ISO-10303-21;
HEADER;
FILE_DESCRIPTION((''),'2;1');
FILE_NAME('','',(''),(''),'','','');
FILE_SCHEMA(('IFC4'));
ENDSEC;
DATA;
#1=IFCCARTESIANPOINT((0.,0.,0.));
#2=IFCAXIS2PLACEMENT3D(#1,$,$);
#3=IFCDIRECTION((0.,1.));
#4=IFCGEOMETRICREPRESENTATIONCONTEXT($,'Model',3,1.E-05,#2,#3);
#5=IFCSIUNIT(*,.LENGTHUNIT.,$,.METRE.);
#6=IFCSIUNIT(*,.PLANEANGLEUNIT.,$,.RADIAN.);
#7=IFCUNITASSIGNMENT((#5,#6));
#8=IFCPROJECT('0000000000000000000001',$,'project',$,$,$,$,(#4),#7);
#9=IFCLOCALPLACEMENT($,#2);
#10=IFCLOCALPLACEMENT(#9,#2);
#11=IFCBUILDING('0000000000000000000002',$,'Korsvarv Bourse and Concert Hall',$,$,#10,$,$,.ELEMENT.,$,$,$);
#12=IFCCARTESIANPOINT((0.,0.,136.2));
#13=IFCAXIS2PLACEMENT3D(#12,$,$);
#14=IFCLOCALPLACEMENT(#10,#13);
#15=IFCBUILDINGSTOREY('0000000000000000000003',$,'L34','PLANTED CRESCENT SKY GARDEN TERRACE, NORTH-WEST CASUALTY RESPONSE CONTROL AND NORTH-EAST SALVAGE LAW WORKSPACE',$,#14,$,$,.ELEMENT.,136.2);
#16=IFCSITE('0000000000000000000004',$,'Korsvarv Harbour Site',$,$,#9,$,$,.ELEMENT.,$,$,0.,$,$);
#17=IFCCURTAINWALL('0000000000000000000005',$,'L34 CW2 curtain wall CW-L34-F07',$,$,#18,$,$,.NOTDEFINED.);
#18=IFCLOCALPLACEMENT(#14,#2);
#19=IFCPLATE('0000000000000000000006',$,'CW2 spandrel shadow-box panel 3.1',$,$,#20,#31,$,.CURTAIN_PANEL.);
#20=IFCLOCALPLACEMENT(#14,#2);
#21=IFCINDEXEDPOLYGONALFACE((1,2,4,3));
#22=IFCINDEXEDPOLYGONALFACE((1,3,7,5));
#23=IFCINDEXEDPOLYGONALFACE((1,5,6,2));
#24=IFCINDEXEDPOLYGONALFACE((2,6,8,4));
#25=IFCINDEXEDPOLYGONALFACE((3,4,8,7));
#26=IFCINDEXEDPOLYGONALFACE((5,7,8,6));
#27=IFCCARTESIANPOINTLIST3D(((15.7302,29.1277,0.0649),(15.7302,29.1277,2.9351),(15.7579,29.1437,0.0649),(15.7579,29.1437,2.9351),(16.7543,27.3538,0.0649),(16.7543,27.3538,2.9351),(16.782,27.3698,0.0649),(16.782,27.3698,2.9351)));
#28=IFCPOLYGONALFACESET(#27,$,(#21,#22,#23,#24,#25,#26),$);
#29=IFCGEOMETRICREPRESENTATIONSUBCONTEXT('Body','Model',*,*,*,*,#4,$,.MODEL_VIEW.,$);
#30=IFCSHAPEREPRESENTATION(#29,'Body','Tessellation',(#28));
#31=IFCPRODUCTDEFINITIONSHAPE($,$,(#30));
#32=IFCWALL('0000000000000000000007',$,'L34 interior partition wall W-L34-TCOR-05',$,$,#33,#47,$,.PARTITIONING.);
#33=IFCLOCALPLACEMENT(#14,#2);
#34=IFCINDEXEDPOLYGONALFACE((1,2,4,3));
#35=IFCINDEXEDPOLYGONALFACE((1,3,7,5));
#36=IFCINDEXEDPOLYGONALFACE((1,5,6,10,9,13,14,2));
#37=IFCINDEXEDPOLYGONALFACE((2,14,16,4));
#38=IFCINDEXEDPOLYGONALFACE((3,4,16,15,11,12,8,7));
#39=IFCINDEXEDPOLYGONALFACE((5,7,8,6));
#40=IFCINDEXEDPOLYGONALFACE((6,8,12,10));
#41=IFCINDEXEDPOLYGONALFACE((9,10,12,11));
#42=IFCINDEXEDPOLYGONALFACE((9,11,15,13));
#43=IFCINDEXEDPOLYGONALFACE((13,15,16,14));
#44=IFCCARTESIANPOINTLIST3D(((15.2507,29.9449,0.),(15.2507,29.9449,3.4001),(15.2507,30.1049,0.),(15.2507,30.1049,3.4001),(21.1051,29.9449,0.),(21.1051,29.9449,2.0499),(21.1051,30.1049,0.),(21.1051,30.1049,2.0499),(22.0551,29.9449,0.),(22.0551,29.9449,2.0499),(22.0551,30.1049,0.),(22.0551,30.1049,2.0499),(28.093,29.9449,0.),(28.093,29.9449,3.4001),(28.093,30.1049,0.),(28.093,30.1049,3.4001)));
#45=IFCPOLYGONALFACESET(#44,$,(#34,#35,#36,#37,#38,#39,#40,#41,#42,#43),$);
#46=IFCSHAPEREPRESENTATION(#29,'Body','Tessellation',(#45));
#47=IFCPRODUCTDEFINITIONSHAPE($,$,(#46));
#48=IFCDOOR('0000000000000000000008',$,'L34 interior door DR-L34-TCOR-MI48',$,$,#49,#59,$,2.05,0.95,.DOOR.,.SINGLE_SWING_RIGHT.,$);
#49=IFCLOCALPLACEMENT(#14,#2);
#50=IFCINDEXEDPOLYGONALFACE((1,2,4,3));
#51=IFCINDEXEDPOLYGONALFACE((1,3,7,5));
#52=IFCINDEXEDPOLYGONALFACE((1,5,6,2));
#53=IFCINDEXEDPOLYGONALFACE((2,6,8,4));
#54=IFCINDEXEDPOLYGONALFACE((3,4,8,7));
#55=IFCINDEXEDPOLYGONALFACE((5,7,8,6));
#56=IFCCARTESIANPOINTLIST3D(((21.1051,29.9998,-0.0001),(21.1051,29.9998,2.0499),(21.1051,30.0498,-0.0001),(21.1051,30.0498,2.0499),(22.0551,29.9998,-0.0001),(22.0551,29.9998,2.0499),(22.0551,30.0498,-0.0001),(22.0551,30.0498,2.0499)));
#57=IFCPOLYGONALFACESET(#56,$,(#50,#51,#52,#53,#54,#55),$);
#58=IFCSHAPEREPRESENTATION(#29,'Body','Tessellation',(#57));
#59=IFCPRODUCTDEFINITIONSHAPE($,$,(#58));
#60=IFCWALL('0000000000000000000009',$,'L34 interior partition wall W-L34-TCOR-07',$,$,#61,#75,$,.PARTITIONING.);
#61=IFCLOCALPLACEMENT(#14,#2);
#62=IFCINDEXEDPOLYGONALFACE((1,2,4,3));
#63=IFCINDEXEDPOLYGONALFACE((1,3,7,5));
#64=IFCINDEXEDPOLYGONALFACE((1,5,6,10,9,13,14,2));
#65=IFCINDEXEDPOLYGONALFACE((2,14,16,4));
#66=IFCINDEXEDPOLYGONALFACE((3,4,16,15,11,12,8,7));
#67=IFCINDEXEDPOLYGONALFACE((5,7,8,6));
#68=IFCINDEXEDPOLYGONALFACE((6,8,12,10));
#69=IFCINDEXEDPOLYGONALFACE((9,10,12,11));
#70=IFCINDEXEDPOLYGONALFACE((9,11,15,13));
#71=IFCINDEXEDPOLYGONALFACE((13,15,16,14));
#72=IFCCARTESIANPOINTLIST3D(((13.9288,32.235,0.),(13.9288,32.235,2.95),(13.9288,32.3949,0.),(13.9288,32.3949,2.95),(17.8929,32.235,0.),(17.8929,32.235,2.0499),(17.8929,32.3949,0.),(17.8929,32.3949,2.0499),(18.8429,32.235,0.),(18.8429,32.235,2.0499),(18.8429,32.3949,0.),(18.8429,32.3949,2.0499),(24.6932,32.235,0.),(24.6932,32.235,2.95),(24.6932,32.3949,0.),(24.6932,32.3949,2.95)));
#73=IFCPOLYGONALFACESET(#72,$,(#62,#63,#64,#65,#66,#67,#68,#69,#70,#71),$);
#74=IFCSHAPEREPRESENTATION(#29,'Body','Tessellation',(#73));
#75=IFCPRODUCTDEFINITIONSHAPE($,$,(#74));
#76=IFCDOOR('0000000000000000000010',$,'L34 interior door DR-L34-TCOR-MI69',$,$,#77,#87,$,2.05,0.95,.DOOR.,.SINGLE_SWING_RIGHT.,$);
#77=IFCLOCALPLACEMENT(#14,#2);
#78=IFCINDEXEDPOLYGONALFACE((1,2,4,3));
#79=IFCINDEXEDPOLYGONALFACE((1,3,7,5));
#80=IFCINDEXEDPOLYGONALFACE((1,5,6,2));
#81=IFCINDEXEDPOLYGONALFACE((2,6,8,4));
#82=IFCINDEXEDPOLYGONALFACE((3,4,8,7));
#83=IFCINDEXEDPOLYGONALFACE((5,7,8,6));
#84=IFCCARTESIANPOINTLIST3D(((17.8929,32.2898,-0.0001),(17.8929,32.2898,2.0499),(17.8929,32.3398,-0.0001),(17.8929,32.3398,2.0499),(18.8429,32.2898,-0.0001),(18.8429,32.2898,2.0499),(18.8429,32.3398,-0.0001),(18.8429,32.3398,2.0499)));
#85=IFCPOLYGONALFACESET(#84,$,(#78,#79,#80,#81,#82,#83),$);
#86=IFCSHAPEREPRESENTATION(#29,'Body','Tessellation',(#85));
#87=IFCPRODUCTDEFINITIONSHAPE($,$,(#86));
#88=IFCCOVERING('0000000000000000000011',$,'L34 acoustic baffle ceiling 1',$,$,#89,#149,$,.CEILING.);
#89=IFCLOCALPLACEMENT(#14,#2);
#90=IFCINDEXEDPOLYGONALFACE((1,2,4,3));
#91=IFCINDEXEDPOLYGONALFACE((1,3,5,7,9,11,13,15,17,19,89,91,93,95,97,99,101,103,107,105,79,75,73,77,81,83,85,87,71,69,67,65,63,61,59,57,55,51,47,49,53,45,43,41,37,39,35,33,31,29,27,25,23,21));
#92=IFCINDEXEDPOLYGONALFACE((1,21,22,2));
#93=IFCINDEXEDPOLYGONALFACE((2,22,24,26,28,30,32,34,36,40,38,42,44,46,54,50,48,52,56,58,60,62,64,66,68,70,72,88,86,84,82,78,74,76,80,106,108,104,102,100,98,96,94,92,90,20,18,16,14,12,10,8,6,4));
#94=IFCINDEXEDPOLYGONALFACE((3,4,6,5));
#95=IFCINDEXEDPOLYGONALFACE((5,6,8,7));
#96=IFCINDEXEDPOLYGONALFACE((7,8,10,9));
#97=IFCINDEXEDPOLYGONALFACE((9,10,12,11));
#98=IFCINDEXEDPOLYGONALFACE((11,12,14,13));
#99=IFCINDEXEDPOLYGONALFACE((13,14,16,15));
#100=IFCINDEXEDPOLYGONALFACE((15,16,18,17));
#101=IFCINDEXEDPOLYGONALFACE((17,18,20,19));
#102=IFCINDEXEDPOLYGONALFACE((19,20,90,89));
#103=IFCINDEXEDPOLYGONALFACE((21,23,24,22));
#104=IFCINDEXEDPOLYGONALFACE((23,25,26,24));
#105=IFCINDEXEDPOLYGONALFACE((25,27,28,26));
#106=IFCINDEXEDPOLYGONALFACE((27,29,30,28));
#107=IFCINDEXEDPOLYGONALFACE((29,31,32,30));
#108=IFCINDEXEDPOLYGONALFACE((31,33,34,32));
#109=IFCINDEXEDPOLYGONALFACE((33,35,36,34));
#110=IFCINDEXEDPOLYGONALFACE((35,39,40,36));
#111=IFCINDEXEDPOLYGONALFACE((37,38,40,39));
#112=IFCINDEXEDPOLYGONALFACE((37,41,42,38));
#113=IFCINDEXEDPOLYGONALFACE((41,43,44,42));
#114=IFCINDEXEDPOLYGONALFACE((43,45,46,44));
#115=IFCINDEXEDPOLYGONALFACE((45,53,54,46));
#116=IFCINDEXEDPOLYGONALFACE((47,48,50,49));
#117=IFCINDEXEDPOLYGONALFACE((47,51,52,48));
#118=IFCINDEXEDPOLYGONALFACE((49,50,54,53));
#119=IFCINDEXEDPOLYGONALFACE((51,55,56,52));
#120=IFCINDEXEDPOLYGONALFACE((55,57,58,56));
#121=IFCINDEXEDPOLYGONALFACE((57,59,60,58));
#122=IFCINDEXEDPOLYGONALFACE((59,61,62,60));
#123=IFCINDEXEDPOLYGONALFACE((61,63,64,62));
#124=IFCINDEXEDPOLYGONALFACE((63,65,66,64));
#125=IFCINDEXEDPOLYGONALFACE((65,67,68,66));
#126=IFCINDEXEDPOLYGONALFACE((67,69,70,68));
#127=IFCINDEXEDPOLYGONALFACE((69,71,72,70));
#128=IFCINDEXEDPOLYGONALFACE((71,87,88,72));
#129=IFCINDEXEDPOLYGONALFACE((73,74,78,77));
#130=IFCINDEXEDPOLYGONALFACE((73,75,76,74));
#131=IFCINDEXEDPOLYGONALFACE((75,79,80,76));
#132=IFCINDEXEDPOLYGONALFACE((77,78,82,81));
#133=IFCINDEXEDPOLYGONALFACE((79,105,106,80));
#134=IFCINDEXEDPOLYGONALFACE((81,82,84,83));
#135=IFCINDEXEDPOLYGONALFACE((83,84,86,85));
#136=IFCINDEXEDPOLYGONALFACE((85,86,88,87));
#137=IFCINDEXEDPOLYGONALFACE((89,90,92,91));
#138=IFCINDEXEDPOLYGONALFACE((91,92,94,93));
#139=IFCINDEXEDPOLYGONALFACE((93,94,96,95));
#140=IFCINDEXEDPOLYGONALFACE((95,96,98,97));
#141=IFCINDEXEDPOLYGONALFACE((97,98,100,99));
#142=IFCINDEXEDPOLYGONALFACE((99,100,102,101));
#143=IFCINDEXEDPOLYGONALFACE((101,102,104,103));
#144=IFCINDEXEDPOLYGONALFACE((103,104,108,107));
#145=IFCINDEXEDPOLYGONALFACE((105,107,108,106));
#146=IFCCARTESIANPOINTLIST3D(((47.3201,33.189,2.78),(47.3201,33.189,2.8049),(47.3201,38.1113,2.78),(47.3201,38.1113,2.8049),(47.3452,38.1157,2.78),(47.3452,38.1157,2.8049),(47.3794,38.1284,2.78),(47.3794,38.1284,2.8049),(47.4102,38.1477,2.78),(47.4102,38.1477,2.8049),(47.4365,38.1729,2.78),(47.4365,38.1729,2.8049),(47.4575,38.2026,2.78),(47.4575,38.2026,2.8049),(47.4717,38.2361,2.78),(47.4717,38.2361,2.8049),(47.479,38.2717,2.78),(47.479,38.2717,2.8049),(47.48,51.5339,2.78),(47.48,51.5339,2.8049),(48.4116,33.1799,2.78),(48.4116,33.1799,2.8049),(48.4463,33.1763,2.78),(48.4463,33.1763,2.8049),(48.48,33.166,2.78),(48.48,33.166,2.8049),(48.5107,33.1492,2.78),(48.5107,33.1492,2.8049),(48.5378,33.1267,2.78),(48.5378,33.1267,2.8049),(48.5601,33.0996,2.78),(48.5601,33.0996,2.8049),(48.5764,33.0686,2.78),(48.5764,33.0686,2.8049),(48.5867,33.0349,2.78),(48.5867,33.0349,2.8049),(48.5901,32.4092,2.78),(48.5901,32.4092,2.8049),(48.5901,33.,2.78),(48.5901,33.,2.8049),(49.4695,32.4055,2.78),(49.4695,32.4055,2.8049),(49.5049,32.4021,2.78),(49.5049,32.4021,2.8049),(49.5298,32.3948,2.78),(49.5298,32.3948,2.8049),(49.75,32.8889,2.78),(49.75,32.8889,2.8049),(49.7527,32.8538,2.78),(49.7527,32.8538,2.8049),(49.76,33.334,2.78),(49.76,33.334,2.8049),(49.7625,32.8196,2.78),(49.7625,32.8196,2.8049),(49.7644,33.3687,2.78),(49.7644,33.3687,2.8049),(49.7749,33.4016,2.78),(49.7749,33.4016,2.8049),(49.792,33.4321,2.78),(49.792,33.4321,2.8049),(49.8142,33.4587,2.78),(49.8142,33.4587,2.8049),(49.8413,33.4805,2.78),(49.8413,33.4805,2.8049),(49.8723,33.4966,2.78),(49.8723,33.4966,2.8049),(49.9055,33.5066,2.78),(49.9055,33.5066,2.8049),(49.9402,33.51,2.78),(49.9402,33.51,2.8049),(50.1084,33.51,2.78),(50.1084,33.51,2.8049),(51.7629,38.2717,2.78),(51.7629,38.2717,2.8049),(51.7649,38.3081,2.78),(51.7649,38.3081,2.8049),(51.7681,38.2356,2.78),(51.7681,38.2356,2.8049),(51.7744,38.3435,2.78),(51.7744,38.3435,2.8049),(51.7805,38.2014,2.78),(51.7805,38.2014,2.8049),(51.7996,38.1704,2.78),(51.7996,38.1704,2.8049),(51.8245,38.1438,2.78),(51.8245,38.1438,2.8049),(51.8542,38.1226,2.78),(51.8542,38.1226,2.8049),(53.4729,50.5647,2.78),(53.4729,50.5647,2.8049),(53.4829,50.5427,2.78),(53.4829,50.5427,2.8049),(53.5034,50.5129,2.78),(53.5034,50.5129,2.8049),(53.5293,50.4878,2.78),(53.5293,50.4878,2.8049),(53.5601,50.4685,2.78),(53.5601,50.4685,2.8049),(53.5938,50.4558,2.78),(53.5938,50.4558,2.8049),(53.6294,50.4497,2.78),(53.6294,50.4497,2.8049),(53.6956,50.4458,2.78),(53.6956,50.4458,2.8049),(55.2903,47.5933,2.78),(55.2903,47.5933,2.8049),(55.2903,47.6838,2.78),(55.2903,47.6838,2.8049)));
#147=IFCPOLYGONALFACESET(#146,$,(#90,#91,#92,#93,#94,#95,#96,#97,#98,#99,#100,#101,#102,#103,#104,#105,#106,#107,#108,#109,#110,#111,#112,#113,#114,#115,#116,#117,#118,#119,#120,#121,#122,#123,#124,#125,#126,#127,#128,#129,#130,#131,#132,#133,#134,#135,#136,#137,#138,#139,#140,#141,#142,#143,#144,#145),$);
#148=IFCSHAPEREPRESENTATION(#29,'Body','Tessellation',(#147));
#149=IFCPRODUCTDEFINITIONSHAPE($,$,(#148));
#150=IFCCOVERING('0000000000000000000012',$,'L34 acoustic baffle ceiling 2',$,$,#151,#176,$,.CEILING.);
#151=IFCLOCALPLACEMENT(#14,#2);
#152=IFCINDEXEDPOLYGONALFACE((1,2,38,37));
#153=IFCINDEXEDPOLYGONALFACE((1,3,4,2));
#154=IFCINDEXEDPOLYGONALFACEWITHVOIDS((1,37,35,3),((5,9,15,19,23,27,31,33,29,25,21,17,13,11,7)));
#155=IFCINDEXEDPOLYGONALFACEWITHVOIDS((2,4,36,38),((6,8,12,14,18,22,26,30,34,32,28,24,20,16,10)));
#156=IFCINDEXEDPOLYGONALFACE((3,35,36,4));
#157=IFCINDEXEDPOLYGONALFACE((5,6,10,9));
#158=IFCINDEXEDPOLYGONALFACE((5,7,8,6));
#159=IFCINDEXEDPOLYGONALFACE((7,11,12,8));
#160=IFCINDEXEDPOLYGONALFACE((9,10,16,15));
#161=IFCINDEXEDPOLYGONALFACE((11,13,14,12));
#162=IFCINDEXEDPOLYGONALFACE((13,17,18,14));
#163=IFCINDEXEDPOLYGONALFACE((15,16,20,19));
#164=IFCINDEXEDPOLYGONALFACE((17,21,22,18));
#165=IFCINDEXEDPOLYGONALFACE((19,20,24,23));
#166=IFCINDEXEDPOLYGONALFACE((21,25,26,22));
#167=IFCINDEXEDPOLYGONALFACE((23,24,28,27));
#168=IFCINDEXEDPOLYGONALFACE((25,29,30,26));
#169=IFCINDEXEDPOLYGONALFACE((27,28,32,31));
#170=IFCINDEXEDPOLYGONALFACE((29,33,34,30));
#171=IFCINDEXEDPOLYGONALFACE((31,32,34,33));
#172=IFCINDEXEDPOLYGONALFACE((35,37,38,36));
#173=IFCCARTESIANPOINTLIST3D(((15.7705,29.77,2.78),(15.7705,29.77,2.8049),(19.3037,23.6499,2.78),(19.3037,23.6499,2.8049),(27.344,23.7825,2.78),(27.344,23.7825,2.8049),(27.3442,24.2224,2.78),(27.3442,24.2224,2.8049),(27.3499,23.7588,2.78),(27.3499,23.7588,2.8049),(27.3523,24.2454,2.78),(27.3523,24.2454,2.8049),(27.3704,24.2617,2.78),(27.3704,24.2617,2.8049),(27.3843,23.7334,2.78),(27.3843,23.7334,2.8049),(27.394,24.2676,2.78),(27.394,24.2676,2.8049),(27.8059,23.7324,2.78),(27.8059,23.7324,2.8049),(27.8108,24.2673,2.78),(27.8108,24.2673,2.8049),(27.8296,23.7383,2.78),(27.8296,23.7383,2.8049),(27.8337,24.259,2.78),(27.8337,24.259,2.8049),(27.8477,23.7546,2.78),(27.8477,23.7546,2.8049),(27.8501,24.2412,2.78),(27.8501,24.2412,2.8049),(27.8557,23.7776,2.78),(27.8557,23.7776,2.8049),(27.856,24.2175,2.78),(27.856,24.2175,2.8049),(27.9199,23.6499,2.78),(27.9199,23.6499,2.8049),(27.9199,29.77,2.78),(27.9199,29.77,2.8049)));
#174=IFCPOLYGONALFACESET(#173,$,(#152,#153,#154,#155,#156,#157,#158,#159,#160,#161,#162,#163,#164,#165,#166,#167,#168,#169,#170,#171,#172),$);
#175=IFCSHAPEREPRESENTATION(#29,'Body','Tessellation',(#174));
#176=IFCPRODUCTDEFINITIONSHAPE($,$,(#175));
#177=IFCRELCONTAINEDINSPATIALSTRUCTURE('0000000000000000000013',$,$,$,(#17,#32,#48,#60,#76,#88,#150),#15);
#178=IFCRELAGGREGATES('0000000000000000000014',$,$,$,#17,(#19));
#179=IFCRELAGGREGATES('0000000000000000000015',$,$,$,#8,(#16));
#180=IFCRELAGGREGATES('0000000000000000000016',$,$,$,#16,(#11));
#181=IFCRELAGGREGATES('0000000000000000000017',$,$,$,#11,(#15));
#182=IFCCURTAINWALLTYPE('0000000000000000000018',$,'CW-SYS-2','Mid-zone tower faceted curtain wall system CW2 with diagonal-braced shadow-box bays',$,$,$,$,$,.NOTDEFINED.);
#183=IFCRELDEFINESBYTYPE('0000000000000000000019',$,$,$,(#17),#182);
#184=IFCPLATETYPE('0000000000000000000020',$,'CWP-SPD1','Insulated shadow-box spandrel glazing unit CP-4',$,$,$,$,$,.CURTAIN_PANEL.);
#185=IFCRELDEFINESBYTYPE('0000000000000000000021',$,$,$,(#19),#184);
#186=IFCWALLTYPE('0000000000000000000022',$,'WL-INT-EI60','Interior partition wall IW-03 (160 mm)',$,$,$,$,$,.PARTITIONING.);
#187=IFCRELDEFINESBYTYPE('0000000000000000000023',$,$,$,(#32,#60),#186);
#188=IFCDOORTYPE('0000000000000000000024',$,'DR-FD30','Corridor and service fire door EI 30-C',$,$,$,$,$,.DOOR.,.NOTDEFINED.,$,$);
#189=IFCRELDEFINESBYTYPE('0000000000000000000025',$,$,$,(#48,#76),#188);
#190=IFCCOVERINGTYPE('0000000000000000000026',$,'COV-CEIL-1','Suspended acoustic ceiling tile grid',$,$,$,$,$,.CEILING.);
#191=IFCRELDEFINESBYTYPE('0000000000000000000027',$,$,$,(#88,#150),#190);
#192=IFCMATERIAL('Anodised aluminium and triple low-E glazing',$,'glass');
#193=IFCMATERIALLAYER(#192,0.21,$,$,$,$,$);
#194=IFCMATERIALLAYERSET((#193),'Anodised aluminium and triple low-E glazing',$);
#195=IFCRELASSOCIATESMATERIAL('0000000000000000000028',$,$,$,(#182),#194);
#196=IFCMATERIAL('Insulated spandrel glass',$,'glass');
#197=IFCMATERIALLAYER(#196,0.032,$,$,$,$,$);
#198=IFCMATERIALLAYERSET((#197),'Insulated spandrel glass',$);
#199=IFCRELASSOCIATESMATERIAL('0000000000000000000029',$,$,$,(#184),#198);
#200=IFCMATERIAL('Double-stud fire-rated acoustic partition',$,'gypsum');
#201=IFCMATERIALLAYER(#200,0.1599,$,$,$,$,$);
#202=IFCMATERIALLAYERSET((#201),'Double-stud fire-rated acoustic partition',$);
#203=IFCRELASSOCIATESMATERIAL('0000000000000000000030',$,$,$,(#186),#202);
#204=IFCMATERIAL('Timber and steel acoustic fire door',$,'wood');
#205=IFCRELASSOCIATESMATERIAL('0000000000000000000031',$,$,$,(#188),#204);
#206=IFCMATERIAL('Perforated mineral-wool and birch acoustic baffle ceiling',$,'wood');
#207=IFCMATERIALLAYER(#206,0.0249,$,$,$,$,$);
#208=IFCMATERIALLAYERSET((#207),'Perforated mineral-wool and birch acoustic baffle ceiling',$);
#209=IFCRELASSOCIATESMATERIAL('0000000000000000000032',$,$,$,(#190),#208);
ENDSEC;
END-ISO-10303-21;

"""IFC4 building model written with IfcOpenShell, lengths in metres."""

from ifc_helpers import new_model, si_unit, direction, frame, frame_2d, origin, origin_2d, place, context, subcontext, project, spatial, polyline, rectangle, outline, extrude, source, transform, mapped, material, layer, layer_set, type_object, element, fill, aggregate, save


model = new_model("IFC4")

# Units and contexts
model_context = context("Model", 3, precision=1e-05, world=origin(), true_north=direction((0.0, 1.0)))
body_context = subcontext(model_context, "Body", "Model", "MODEL_VIEW")
ifc_project = project(units=[si_unit("LENGTHUNIT", "METRE"), si_unit("PLANEANGLEUNIT", "RADIAN")], contexts=[model_context])

# Site, building, storey
site_placement = place(None, origin())
site = spatial("IfcSite", under=ifc_project, at=site_placement, Name="Korsvarv Harbour Site", CompositionType="ELEMENT", RefElevation=0.0)
building_placement = place(site_placement, origin())
building = spatial("IfcBuilding", under=site, at=building_placement, Name="Korsvarv Bourse and Concert Hall", CompositionType="ELEMENT")
storey_placement = place(building_placement, frame((0.0, 0.0, 136.2)))
storey = spatial("IfcBuildingStorey", under=building, at=storey_placement, Name="L34", Description="PLANTED CRESCENT SKY GARDEN TERRACE, NORTH-WEST CASUALTY RESPONSE CONTROL AND NORTH-EAST SALVAGE LAW WORKSPACE", CompositionType="ELEMENT", Elevation=136.2)

# Curtain wall
ifc_material_1 = material(Name="Anodised aluminium and triple low-E glazing", Category="glass")
ifc_layer_1 = layer(ifc_material_1, 0.21)
ifc_layer_set_1 = layer_set([ifc_layer_1], Name="Anodised aluminium and triple low-E glazing")
curtain_wall_type = type_object("IfcCurtainWallType", Name="CW-SYS-2", Description="Mid-zone tower faceted curtain wall system CW2 with diagonal-braced shadow-box bays", PredefinedType="NOTDEFINED", material=ifc_layer_set_1)
curtain_wall_placement = place(storey_placement, origin())
curtain_wall = element("IfcCurtainWall", 1, at=curtain_wall_placement, inside=storey, type_object=curtain_wall_type, Name="L34 CW2 curtain wall CW-L34-F07", PredefinedType="NOTDEFINED")

# Plate
ifc_material_2 = material(Name="Insulated spandrel glass", Category="glass")
ifc_layer_2 = layer(ifc_material_2, 0.032)
ifc_layer_set_2 = layer_set([ifc_layer_2], Name="Insulated spandrel glass")
plate_type_1 = type_object("IfcPlateType", Name="CWP-SPD1", Description="Insulated shadow-box spandrel glazing unit CP-4", PredefinedType="CURTAIN_PANEL", material=ifc_layer_set_2)
shared_shape_1 = source(origin(), body_context, "Body", "SweptSolid", [
    extrude(rectangle(XDim=2.0483, YDim=0.032, at=origin_2d()), origin(), (0.0, 0.0, 1.0), 2.8701),
])
plate_1_placement = place(storey_placement, frame((16.2561, 28.2488, 0.0649), z_axis=(0.0, 0.0, 1.0), x_axis=(0.5, -0.866025, 0.0)))
plate_1 = element("IfcPlate", 2, at=plate_1_placement, type_object=plate_type_1, Name="CW2 spandrel shadow-box panel 3.1", PredefinedType="CURTAIN_PANEL", context=body_context, shape_type="MappedRepresentation", body=[
    mapped(shared_shape_1, transform((0.0, 0.0, 0.0), scale=1.0)),
])
aggregate(curtain_wall, [plate_1])

# Walls, openings, doors
ifc_material_3 = material(Name="Double-stud fire-rated acoustic partition", Category="gypsum")
ifc_layer_3 = layer(ifc_material_3, 0.1599)
ifc_layer_set_3 = layer_set([ifc_layer_3], Name="Double-stud fire-rated acoustic partition")
wall_type = type_object("IfcWallType", Name="WL-INT-EI60", Description="Interior partition wall IW-03 (160 mm)", PredefinedType="PARTITIONING", material=ifc_layer_set_3)
wall_1_placement = place(storey_placement, frame((15.2507, 30.0249, 0.0), z_axis=(0.0, 0.0, 1.0), x_axis=(1.0, 0.0, 0.0)))
wall_1 = element("IfcWall", 3, at=wall_1_placement, inside=storey, type_object=wall_type, Name="L34 interior partition wall W-L34-TCOR-05", PredefinedType="PARTITIONING", context=body_context, shape_type="SweptSolid", body=[
    extrude(rectangle(XDim=12.8423, YDim=0.1599, at=frame_2d((6.4211, 0.0))), origin(), (0.0, 0.0, 1.0), 3.4001),
])
opening_1_placement = place(wall_1_placement, frame((5.8542, 0.0, 0.0)))
opening_1 = element("IfcOpeningElement", 4, at=opening_1_placement, cuts=wall_1, PredefinedType="OPENING", context=body_context, shape_type="SweptSolid", body=[
    extrude(rectangle(XDim=0.95, YDim=2.05, at=frame_2d((0.4751, 1.0249))), frame((0.0, 0.0898, 0.0), z_axis=(0.0, -1.0, 0.0), x_axis=(1.0, 0.0, 0.0)), (0.0, 0.0, 1.0), 0.1799),
])
ifc_material_4 = material(Name="Timber and steel acoustic fire door", Category="wood")
door_type = type_object("IfcDoorType", Name="DR-FD30", Description="Corridor and service fire door EI 30-C", OperationType="NOTDEFINED", PredefinedType="DOOR", material=ifc_material_4)
door_1_placement = place(opening_1_placement, origin())
door_1 = element("IfcDoor", 5, at=door_1_placement, inside=storey, type_object=door_type, Name="L34 interior door DR-L34-TCOR-MI48", OperationType="SINGLE_SWING_RIGHT", OverallHeight=2.05, OverallWidth=0.95, PredefinedType="DOOR", context=body_context, shape_type="SweptSolid", body=[
    extrude(rectangle(XDim=0.95, YDim=2.05, at=frame_2d((0.4751, 1.0249))), frame((0.0, 0.0249, 0.0), z_axis=(0.0, -1.0, 0.0), x_axis=(1.0, 0.0, 0.0)), (0.0, 0.0, 1.0), 0.05),
])
fill(opening_1, door_1)
wall_2_placement = place(storey_placement, frame((13.9287, 32.3149, 0.0), z_axis=(0.0, 0.0, 1.0), x_axis=(1.0, 0.0, 0.0)))
wall_2 = element("IfcWall", 6, at=wall_2_placement, inside=storey, type_object=wall_type, Name="L34 interior partition wall W-L34-TCOR-07", PredefinedType="PARTITIONING", context=body_context, shape_type="SweptSolid", body=[
    extrude(rectangle(XDim=10.7644, YDim=0.1599, at=frame_2d((5.3823, 0.0))), origin(), (0.0, 0.0, 1.0), 2.95),
])
opening_2_placement = place(wall_2_placement, frame((3.9641, 0.0, 0.0)))
opening_2 = element("IfcOpeningElement", 7, at=opening_2_placement, cuts=wall_2, PredefinedType="OPENING", context=body_context, shape_type="SweptSolid", body=[
    extrude(rectangle(XDim=0.95, YDim=2.05, at=frame_2d((0.4751, 1.0249))), frame((0.0, 0.0898, 0.0), z_axis=(0.0, -1.0, 0.0), x_axis=(1.0, 0.0, 0.0)), (0.0, 0.0, 1.0), 0.1799),
])
door_2_placement = place(opening_2_placement, origin())
door_2 = element("IfcDoor", 8, at=door_2_placement, inside=storey, type_object=door_type, Name="L34 interior door DR-L34-TCOR-MI69", OperationType="SINGLE_SWING_RIGHT", OverallHeight=2.05, OverallWidth=0.95, PredefinedType="DOOR", context=body_context, shape_type="SweptSolid", body=[
    extrude(rectangle(XDim=0.95, YDim=2.05, at=frame_2d((0.4751, 1.0249))), frame((0.0, 0.0249, 0.0), z_axis=(0.0, -1.0, 0.0), x_axis=(1.0, 0.0, 0.0)), (0.0, 0.0, 1.0), 0.05),
])
fill(opening_2, door_2)

# Coverings
ifc_material_5 = material(Name="Perforated mineral-wool and birch acoustic baffle ceiling", Category="wood")
ifc_layer_4 = layer(ifc_material_5, 0.0249)
ifc_layer_set_4 = layer_set([ifc_layer_4], Name="Perforated mineral-wool and birch acoustic baffle ceiling")
covering_type_1 = type_object("IfcCoveringType", Name="COV-CEIL-1", Description="Suspended acoustic ceiling tile grid", PredefinedType="CEILING", material=ifc_layer_set_4)
covering_1_placement = place(storey_placement, frame((0.0, 0.0, 2.78)))
element("IfcCovering", 9, at=covering_1_placement, inside=storey, type_object=covering_type_1, Name="L34 acoustic baffle ceiling 1", PredefinedType="CEILING", context=body_context, shape_type="SweptSolid", body=[
    extrude(outline(polyline([(47.3201, 38.1113), (47.3452, 38.1157), (47.3794, 38.1284), (47.4102, 38.1477), (47.4365, 38.1729), (47.4575, 38.2026), (47.4717, 38.2361), (47.479, 38.2717), (47.48, 51.5339), (53.4729, 50.5647), (53.4829, 50.5427), (53.5034, 50.5129), (53.5293, 50.4878), (53.5601, 50.4685), (53.5938, 50.4558), (53.6294, 50.4497), (53.6956, 50.4458), (55.2903, 47.6838), (55.2903, 47.5933), (51.7744, 38.3435), (51.7649, 38.3081), (51.7629, 38.2717), (51.7681, 38.2356), (51.7805, 38.2014), (51.7996, 38.1704), (51.8245, 38.1438), (51.8542, 38.1226), (50.1084, 33.51), (49.9402, 33.51), (49.9055, 33.5066), (49.8723, 33.4966), (49.8413, 33.4805), (49.8142, 33.4587), (49.792, 33.4321), (49.7749, 33.4016), (49.7644, 33.3687), (49.76, 33.334), (49.75, 32.8889), (49.7527, 32.8538), (49.7625, 32.8196), (49.5298, 32.3948), (49.5049, 32.4021), (49.4695, 32.4055), (48.5901, 32.4092), (48.5901, 33.0), (48.5867, 33.0349), (48.5764, 33.0686), (48.5601, 33.0996), (48.5378, 33.1267), (48.5107, 33.1492), (48.48, 33.166), (48.4463, 33.1763), (48.4116, 33.1799), (47.3201, 33.189), (47.3201, 38.1113)])), origin(), (0.0, 0.0, 1.0), 0.0249),
])
covering_2_placement = place(storey_placement, frame((0.0, 0.0, 2.78)))
element("IfcCovering", 10, at=covering_2_placement, inside=storey, type_object=covering_type_1, Name="L34 acoustic baffle ceiling 2", PredefinedType="CEILING", context=body_context, shape_type="SweptSolid", body=[
    extrude(outline(polyline([(19.3037, 23.6499), (15.7705, 29.77), (27.9199, 29.77), (27.9199, 23.6499), (19.3037, 23.6499)]), holes=[polyline([(27.3843, 23.7334), (27.8059, 23.7324), (27.8296, 23.7383), (27.8477, 23.7546), (27.8557, 23.7776), (27.856, 24.2175), (27.8501, 24.2412), (27.8337, 24.259), (27.8108, 24.2673), (27.394, 24.2676), (27.3704, 24.2617), (27.3523, 24.2454), (27.3442, 24.2224), (27.344, 23.7825), (27.3499, 23.7588), (27.3843, 23.7334)])]), origin(), (0.0, 0.0, 1.0), 0.0249),
])

save(model, "model.ifc")
